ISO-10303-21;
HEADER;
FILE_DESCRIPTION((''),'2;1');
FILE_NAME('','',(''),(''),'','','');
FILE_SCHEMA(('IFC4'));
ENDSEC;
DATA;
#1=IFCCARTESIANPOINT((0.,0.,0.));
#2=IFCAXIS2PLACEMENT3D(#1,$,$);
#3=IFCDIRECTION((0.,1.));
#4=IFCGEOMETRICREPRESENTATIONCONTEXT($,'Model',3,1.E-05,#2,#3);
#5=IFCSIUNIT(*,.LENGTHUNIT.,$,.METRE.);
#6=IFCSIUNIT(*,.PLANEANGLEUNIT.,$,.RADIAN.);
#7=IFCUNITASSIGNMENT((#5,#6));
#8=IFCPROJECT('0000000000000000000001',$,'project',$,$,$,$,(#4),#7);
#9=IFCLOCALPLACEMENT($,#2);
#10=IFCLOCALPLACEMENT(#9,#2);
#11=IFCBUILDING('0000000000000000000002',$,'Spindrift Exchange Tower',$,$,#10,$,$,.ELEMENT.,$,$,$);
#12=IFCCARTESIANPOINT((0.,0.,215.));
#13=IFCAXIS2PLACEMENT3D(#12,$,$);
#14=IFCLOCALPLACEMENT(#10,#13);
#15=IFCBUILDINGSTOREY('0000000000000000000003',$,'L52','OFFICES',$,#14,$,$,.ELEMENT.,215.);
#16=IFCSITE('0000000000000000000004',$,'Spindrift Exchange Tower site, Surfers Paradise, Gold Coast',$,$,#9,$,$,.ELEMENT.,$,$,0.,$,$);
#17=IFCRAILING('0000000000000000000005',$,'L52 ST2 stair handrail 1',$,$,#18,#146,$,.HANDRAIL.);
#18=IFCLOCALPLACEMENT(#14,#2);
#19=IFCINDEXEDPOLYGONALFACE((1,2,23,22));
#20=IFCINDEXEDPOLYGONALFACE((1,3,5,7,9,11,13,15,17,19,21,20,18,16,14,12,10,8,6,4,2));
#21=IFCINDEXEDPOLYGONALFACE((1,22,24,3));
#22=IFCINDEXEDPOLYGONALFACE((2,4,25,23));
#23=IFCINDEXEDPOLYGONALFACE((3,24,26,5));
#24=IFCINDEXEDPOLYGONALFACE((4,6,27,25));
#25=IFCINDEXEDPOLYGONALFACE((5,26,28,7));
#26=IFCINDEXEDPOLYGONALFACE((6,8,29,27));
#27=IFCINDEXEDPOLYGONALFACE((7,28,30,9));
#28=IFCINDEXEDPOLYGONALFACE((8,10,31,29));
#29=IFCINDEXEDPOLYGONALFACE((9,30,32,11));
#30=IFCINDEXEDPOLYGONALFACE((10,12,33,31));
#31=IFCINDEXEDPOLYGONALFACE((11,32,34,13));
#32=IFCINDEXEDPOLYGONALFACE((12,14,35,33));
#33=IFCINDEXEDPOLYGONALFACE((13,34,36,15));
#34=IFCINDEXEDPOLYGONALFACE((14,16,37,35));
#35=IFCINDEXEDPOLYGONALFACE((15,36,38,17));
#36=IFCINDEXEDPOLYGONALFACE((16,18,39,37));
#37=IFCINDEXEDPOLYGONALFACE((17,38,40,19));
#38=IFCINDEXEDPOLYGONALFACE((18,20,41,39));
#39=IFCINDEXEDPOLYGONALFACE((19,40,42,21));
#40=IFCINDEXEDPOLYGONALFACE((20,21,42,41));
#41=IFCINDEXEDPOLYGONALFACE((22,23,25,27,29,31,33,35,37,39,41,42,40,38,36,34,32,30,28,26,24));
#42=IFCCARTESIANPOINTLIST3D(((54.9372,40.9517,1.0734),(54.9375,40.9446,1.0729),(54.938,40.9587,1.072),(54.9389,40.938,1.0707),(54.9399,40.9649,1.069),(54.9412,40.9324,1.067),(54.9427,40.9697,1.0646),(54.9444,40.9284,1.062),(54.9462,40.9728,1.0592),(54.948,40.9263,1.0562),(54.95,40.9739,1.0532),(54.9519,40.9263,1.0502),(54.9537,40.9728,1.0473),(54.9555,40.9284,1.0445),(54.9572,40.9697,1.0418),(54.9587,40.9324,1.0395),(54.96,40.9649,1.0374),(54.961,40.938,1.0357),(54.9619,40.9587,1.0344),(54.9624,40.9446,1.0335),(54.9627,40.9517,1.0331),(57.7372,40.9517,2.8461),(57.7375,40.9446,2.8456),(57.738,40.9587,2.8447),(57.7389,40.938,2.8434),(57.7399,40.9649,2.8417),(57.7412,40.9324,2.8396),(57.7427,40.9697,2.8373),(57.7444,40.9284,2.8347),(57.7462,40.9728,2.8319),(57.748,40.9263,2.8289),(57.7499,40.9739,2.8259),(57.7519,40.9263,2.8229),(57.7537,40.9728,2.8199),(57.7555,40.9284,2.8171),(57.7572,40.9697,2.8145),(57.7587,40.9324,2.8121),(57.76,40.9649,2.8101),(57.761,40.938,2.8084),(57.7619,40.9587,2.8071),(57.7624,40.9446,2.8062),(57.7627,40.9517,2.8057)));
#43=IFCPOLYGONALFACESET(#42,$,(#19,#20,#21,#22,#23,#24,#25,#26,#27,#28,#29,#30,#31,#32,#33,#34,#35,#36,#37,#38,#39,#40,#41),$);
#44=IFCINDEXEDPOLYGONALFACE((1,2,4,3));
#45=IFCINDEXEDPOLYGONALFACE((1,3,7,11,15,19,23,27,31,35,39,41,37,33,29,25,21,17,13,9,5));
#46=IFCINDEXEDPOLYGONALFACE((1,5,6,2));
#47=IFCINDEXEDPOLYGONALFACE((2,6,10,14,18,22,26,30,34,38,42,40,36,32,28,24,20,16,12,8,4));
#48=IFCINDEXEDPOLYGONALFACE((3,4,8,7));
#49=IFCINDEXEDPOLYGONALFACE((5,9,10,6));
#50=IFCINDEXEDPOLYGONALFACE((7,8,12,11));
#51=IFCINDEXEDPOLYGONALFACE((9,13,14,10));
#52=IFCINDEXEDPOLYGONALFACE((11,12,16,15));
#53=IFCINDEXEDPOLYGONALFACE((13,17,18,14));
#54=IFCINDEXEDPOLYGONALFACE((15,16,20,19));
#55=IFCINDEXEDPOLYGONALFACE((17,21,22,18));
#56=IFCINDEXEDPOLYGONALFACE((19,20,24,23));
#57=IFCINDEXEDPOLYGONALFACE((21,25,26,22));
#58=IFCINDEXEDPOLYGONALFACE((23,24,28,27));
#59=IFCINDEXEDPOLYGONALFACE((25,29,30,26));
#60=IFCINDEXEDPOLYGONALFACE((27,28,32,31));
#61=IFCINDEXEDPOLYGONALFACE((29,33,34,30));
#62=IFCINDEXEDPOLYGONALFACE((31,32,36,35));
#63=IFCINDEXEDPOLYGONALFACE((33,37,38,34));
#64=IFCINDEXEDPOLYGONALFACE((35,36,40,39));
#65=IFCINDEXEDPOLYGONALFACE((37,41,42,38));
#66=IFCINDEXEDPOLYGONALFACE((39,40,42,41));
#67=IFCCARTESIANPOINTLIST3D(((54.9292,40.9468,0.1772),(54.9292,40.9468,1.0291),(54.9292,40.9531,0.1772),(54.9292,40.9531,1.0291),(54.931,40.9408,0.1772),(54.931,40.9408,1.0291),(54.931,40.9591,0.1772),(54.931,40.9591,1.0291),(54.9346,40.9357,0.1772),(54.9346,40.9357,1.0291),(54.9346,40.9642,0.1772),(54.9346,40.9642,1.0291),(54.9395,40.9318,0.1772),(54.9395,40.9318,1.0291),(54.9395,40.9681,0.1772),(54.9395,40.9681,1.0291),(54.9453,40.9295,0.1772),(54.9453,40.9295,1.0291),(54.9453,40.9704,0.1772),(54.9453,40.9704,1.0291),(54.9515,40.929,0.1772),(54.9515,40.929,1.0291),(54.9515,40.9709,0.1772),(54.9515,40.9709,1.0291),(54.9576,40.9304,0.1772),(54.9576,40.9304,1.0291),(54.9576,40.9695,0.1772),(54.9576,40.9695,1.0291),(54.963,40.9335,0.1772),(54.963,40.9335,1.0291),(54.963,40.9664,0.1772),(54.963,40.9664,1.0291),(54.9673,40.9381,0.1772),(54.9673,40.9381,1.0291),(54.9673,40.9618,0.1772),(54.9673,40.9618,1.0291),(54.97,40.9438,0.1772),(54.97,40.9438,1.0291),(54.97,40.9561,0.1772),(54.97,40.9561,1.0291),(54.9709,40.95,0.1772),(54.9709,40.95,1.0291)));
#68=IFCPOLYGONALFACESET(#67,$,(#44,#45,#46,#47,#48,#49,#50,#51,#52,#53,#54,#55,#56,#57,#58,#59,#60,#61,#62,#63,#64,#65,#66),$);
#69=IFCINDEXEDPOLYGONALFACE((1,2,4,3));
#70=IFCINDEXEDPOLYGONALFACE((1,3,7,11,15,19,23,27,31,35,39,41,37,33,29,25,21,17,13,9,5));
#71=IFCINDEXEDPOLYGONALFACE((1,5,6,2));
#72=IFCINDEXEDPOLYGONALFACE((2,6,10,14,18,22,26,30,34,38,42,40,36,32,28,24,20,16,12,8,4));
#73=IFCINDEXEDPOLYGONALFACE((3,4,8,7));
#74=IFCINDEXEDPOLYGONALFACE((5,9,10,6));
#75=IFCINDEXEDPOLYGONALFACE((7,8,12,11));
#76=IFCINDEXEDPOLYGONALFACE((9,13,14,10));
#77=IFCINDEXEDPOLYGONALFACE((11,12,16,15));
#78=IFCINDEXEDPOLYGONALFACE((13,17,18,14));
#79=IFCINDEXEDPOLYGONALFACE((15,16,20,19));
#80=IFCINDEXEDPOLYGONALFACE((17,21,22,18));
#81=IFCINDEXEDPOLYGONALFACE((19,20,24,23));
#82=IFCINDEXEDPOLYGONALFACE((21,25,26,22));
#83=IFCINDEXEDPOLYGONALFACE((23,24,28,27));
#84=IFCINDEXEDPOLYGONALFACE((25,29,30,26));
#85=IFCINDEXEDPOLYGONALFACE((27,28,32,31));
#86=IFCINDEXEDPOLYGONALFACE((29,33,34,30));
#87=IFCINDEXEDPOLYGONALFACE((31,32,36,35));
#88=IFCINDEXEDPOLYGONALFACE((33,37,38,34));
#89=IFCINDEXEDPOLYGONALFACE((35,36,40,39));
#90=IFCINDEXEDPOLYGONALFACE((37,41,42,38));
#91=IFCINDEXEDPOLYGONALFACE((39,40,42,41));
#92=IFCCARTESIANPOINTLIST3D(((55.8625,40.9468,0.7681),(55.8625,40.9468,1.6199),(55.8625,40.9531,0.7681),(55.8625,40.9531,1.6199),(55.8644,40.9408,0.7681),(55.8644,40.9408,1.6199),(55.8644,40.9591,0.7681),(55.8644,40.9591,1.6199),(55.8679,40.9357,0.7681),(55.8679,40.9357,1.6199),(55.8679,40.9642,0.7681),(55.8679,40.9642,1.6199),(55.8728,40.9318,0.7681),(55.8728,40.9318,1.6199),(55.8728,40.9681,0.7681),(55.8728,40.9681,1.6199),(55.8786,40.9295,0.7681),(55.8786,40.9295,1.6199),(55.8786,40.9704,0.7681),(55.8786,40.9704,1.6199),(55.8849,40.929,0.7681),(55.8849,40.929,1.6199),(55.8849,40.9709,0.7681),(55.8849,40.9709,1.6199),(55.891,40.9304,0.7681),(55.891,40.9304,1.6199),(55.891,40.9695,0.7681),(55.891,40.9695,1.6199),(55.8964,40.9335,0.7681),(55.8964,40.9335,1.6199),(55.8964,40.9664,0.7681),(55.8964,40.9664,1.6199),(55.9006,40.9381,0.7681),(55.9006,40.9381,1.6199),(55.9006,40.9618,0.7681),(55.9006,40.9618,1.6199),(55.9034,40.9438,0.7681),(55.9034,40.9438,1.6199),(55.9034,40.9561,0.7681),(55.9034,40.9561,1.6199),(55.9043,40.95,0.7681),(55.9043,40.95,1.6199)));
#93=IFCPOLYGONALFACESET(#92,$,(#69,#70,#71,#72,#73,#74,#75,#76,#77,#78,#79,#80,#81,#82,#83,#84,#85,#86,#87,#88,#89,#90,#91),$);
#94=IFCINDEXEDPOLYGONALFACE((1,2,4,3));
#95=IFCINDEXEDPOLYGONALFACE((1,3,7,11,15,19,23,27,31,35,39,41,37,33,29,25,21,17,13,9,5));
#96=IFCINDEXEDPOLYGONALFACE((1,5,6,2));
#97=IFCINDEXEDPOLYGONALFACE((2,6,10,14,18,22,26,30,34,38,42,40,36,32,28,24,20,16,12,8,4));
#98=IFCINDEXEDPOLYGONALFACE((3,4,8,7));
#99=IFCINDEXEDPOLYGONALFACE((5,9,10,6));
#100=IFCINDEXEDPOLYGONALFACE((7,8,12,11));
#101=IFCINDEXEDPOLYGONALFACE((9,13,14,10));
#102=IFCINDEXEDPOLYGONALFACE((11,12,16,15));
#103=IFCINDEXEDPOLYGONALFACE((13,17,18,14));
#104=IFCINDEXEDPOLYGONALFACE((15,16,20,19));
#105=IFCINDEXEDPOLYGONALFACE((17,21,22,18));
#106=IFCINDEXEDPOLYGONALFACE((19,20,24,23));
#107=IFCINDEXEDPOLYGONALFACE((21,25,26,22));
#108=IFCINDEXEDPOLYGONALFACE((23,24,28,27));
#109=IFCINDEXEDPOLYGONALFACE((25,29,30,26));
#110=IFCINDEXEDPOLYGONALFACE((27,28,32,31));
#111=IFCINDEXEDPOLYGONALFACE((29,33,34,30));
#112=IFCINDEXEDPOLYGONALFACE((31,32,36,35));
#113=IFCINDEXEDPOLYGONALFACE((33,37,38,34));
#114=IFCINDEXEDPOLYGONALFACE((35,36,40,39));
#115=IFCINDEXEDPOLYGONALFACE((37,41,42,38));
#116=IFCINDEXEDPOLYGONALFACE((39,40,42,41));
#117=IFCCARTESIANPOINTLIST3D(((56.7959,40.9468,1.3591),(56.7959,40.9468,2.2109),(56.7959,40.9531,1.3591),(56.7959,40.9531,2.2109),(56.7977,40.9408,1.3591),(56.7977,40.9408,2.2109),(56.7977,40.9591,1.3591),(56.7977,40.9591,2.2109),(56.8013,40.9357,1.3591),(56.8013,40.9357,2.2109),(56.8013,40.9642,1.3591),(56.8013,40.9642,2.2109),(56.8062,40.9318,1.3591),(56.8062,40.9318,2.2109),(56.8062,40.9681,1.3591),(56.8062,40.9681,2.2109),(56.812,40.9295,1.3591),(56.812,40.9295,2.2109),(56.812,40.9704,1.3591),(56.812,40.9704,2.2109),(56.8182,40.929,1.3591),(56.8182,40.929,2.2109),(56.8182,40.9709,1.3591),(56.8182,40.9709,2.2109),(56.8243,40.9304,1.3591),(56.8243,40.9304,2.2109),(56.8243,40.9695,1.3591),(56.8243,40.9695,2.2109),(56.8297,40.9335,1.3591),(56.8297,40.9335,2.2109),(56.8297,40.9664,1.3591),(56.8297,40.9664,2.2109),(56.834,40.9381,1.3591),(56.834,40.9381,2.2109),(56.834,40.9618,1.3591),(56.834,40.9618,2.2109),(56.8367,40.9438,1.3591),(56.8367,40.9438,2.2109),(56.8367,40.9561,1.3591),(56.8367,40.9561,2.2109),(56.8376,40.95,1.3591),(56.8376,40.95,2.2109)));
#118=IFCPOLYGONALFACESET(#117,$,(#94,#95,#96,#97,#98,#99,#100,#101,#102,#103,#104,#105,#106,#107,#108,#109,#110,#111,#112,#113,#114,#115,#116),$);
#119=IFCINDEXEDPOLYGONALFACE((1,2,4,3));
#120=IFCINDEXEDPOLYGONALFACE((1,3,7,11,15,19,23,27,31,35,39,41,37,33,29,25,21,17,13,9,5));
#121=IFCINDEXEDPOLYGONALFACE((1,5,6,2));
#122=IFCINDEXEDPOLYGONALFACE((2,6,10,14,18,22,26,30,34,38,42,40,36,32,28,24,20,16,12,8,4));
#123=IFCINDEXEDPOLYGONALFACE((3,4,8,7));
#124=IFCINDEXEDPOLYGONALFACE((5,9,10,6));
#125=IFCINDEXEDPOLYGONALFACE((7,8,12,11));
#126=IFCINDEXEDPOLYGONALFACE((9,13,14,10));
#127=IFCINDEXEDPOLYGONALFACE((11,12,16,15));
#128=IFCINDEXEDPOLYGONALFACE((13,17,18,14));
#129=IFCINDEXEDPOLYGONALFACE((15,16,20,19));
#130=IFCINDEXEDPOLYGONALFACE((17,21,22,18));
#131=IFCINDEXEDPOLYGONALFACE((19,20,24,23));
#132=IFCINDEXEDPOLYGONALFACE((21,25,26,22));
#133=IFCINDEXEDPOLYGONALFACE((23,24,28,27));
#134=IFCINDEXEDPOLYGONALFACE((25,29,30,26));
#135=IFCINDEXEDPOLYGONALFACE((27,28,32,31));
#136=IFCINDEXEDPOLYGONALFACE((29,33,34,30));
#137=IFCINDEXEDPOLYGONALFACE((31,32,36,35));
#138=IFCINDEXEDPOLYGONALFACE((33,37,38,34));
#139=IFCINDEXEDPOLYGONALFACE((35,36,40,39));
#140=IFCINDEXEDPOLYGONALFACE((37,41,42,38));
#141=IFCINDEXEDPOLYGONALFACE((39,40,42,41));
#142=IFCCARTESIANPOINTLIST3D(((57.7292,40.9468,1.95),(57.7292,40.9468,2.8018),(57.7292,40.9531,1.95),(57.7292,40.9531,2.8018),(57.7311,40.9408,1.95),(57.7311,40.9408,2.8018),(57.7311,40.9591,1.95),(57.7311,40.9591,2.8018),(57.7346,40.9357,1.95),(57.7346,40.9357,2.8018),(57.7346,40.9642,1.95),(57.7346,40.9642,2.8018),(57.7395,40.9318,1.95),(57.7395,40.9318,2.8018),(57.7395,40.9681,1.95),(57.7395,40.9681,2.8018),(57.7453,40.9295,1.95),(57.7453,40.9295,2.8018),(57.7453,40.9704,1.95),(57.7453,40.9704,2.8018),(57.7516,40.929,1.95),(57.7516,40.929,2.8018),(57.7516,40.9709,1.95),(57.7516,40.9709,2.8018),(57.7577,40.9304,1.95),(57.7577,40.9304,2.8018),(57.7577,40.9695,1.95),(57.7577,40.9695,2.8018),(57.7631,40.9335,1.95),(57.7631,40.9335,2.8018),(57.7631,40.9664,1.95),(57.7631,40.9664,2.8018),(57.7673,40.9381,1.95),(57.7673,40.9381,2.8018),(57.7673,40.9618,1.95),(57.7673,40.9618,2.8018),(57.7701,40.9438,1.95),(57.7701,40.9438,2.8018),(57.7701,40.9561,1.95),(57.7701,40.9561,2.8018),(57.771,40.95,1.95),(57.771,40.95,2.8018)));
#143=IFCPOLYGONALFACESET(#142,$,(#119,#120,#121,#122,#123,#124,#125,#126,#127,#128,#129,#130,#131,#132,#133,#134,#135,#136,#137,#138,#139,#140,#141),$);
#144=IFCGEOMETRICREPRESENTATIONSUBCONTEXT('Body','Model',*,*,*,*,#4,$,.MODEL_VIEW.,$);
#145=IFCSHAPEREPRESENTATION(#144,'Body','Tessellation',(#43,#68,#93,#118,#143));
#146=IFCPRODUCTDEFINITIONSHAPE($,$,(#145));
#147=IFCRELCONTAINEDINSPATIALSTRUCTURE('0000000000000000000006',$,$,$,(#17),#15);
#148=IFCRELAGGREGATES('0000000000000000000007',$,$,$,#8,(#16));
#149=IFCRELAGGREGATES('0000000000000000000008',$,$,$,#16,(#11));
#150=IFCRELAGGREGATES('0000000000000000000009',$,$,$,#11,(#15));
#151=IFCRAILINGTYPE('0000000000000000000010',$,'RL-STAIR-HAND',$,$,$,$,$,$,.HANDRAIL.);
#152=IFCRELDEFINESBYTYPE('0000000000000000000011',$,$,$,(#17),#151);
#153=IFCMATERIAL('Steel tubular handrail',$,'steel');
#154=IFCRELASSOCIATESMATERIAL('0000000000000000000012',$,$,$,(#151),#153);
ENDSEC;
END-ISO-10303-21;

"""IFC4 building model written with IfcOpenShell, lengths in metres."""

from ifc_helpers import new_model, si_unit, direction, frame, origin, origin_2d, place, context, subcontext, project, spatial, circle, extrude, material, type_object, element, save


model = new_model("IFC4")

# Units and contexts
model_context = context("Model", 3, precision=1e-05, world=origin(), true_north=direction((0.0, 1.0)))
body_context = subcontext(model_context, "Body", "Model", "MODEL_VIEW")
ifc_project = project(units=[si_unit("LENGTHUNIT", "METRE"), si_unit("PLANEANGLEUNIT", "RADIAN")], contexts=[model_context])

# Site, building, storey
site_placement = place(None, origin())
site = spatial("IfcSite", under=ifc_project, at=site_placement, Name="Spindrift Exchange Tower site, Surfers Paradise, Gold Coast", CompositionType="ELEMENT", RefElevation=0.0)
building_placement = place(site_placement, origin())
building = spatial("IfcBuilding", under=site, at=building_placement, Name="Spindrift Exchange Tower", CompositionType="ELEMENT")
storey_placement = place(building_placement, frame((0.0, 0.0, 215.0)))
storey = spatial("IfcBuildingStorey", under=building, at=storey_placement, Name="L52", Description="OFFICES", CompositionType="ELEMENT", Elevation=215.0)

# Railing
ifc_material_1 = material(Name="Steel tubular handrail", Category="steel")
railing_type_1 = type_object("IfcRailingType", Name="RL-STAIR-HAND", PredefinedType="HANDRAIL", material=ifc_material_1)
railing_1_placement = place(storey_placement, frame((54.95, 40.95, 0.1772)))
element("IfcRailing", 1, at=railing_1_placement, inside=storey, type_object=railing_type_1, Name="L52 ST2 stair handrail 1", PredefinedType="HANDRAIL", context=body_context, shape_type="SweptSolid", body=[
    extrude(circle(Radius=0.0239, at=origin_2d()), frame((0.0, 0.0, 0.876), z_axis=(0.844909, 0.0, 0.53491), x_axis=(0.0, 1.0, 0.0)), (0.0, 0.0, 1.0), 3.314),
    extrude(circle(Radius=0.021, at=origin_2d()), origin(), (0.0, 0.0, 1.0), 0.8518),
    extrude(circle(Radius=0.021, at=origin_2d()), frame((0.9333, 0.0, 0.5908)), (0.0, 0.0, 1.0), 0.8518),
    extrude(circle(Radius=0.021, at=origin_2d()), frame((1.8667, 0.0, 1.1819)), (0.0, 0.0, 1.0), 0.8518),
    extrude(circle(Radius=0.021, at=origin_2d()), frame((2.8, 0.0, 1.7727)), (0.0, 0.0, 1.0), 0.8518),
])

save(model, "model.ifc")
